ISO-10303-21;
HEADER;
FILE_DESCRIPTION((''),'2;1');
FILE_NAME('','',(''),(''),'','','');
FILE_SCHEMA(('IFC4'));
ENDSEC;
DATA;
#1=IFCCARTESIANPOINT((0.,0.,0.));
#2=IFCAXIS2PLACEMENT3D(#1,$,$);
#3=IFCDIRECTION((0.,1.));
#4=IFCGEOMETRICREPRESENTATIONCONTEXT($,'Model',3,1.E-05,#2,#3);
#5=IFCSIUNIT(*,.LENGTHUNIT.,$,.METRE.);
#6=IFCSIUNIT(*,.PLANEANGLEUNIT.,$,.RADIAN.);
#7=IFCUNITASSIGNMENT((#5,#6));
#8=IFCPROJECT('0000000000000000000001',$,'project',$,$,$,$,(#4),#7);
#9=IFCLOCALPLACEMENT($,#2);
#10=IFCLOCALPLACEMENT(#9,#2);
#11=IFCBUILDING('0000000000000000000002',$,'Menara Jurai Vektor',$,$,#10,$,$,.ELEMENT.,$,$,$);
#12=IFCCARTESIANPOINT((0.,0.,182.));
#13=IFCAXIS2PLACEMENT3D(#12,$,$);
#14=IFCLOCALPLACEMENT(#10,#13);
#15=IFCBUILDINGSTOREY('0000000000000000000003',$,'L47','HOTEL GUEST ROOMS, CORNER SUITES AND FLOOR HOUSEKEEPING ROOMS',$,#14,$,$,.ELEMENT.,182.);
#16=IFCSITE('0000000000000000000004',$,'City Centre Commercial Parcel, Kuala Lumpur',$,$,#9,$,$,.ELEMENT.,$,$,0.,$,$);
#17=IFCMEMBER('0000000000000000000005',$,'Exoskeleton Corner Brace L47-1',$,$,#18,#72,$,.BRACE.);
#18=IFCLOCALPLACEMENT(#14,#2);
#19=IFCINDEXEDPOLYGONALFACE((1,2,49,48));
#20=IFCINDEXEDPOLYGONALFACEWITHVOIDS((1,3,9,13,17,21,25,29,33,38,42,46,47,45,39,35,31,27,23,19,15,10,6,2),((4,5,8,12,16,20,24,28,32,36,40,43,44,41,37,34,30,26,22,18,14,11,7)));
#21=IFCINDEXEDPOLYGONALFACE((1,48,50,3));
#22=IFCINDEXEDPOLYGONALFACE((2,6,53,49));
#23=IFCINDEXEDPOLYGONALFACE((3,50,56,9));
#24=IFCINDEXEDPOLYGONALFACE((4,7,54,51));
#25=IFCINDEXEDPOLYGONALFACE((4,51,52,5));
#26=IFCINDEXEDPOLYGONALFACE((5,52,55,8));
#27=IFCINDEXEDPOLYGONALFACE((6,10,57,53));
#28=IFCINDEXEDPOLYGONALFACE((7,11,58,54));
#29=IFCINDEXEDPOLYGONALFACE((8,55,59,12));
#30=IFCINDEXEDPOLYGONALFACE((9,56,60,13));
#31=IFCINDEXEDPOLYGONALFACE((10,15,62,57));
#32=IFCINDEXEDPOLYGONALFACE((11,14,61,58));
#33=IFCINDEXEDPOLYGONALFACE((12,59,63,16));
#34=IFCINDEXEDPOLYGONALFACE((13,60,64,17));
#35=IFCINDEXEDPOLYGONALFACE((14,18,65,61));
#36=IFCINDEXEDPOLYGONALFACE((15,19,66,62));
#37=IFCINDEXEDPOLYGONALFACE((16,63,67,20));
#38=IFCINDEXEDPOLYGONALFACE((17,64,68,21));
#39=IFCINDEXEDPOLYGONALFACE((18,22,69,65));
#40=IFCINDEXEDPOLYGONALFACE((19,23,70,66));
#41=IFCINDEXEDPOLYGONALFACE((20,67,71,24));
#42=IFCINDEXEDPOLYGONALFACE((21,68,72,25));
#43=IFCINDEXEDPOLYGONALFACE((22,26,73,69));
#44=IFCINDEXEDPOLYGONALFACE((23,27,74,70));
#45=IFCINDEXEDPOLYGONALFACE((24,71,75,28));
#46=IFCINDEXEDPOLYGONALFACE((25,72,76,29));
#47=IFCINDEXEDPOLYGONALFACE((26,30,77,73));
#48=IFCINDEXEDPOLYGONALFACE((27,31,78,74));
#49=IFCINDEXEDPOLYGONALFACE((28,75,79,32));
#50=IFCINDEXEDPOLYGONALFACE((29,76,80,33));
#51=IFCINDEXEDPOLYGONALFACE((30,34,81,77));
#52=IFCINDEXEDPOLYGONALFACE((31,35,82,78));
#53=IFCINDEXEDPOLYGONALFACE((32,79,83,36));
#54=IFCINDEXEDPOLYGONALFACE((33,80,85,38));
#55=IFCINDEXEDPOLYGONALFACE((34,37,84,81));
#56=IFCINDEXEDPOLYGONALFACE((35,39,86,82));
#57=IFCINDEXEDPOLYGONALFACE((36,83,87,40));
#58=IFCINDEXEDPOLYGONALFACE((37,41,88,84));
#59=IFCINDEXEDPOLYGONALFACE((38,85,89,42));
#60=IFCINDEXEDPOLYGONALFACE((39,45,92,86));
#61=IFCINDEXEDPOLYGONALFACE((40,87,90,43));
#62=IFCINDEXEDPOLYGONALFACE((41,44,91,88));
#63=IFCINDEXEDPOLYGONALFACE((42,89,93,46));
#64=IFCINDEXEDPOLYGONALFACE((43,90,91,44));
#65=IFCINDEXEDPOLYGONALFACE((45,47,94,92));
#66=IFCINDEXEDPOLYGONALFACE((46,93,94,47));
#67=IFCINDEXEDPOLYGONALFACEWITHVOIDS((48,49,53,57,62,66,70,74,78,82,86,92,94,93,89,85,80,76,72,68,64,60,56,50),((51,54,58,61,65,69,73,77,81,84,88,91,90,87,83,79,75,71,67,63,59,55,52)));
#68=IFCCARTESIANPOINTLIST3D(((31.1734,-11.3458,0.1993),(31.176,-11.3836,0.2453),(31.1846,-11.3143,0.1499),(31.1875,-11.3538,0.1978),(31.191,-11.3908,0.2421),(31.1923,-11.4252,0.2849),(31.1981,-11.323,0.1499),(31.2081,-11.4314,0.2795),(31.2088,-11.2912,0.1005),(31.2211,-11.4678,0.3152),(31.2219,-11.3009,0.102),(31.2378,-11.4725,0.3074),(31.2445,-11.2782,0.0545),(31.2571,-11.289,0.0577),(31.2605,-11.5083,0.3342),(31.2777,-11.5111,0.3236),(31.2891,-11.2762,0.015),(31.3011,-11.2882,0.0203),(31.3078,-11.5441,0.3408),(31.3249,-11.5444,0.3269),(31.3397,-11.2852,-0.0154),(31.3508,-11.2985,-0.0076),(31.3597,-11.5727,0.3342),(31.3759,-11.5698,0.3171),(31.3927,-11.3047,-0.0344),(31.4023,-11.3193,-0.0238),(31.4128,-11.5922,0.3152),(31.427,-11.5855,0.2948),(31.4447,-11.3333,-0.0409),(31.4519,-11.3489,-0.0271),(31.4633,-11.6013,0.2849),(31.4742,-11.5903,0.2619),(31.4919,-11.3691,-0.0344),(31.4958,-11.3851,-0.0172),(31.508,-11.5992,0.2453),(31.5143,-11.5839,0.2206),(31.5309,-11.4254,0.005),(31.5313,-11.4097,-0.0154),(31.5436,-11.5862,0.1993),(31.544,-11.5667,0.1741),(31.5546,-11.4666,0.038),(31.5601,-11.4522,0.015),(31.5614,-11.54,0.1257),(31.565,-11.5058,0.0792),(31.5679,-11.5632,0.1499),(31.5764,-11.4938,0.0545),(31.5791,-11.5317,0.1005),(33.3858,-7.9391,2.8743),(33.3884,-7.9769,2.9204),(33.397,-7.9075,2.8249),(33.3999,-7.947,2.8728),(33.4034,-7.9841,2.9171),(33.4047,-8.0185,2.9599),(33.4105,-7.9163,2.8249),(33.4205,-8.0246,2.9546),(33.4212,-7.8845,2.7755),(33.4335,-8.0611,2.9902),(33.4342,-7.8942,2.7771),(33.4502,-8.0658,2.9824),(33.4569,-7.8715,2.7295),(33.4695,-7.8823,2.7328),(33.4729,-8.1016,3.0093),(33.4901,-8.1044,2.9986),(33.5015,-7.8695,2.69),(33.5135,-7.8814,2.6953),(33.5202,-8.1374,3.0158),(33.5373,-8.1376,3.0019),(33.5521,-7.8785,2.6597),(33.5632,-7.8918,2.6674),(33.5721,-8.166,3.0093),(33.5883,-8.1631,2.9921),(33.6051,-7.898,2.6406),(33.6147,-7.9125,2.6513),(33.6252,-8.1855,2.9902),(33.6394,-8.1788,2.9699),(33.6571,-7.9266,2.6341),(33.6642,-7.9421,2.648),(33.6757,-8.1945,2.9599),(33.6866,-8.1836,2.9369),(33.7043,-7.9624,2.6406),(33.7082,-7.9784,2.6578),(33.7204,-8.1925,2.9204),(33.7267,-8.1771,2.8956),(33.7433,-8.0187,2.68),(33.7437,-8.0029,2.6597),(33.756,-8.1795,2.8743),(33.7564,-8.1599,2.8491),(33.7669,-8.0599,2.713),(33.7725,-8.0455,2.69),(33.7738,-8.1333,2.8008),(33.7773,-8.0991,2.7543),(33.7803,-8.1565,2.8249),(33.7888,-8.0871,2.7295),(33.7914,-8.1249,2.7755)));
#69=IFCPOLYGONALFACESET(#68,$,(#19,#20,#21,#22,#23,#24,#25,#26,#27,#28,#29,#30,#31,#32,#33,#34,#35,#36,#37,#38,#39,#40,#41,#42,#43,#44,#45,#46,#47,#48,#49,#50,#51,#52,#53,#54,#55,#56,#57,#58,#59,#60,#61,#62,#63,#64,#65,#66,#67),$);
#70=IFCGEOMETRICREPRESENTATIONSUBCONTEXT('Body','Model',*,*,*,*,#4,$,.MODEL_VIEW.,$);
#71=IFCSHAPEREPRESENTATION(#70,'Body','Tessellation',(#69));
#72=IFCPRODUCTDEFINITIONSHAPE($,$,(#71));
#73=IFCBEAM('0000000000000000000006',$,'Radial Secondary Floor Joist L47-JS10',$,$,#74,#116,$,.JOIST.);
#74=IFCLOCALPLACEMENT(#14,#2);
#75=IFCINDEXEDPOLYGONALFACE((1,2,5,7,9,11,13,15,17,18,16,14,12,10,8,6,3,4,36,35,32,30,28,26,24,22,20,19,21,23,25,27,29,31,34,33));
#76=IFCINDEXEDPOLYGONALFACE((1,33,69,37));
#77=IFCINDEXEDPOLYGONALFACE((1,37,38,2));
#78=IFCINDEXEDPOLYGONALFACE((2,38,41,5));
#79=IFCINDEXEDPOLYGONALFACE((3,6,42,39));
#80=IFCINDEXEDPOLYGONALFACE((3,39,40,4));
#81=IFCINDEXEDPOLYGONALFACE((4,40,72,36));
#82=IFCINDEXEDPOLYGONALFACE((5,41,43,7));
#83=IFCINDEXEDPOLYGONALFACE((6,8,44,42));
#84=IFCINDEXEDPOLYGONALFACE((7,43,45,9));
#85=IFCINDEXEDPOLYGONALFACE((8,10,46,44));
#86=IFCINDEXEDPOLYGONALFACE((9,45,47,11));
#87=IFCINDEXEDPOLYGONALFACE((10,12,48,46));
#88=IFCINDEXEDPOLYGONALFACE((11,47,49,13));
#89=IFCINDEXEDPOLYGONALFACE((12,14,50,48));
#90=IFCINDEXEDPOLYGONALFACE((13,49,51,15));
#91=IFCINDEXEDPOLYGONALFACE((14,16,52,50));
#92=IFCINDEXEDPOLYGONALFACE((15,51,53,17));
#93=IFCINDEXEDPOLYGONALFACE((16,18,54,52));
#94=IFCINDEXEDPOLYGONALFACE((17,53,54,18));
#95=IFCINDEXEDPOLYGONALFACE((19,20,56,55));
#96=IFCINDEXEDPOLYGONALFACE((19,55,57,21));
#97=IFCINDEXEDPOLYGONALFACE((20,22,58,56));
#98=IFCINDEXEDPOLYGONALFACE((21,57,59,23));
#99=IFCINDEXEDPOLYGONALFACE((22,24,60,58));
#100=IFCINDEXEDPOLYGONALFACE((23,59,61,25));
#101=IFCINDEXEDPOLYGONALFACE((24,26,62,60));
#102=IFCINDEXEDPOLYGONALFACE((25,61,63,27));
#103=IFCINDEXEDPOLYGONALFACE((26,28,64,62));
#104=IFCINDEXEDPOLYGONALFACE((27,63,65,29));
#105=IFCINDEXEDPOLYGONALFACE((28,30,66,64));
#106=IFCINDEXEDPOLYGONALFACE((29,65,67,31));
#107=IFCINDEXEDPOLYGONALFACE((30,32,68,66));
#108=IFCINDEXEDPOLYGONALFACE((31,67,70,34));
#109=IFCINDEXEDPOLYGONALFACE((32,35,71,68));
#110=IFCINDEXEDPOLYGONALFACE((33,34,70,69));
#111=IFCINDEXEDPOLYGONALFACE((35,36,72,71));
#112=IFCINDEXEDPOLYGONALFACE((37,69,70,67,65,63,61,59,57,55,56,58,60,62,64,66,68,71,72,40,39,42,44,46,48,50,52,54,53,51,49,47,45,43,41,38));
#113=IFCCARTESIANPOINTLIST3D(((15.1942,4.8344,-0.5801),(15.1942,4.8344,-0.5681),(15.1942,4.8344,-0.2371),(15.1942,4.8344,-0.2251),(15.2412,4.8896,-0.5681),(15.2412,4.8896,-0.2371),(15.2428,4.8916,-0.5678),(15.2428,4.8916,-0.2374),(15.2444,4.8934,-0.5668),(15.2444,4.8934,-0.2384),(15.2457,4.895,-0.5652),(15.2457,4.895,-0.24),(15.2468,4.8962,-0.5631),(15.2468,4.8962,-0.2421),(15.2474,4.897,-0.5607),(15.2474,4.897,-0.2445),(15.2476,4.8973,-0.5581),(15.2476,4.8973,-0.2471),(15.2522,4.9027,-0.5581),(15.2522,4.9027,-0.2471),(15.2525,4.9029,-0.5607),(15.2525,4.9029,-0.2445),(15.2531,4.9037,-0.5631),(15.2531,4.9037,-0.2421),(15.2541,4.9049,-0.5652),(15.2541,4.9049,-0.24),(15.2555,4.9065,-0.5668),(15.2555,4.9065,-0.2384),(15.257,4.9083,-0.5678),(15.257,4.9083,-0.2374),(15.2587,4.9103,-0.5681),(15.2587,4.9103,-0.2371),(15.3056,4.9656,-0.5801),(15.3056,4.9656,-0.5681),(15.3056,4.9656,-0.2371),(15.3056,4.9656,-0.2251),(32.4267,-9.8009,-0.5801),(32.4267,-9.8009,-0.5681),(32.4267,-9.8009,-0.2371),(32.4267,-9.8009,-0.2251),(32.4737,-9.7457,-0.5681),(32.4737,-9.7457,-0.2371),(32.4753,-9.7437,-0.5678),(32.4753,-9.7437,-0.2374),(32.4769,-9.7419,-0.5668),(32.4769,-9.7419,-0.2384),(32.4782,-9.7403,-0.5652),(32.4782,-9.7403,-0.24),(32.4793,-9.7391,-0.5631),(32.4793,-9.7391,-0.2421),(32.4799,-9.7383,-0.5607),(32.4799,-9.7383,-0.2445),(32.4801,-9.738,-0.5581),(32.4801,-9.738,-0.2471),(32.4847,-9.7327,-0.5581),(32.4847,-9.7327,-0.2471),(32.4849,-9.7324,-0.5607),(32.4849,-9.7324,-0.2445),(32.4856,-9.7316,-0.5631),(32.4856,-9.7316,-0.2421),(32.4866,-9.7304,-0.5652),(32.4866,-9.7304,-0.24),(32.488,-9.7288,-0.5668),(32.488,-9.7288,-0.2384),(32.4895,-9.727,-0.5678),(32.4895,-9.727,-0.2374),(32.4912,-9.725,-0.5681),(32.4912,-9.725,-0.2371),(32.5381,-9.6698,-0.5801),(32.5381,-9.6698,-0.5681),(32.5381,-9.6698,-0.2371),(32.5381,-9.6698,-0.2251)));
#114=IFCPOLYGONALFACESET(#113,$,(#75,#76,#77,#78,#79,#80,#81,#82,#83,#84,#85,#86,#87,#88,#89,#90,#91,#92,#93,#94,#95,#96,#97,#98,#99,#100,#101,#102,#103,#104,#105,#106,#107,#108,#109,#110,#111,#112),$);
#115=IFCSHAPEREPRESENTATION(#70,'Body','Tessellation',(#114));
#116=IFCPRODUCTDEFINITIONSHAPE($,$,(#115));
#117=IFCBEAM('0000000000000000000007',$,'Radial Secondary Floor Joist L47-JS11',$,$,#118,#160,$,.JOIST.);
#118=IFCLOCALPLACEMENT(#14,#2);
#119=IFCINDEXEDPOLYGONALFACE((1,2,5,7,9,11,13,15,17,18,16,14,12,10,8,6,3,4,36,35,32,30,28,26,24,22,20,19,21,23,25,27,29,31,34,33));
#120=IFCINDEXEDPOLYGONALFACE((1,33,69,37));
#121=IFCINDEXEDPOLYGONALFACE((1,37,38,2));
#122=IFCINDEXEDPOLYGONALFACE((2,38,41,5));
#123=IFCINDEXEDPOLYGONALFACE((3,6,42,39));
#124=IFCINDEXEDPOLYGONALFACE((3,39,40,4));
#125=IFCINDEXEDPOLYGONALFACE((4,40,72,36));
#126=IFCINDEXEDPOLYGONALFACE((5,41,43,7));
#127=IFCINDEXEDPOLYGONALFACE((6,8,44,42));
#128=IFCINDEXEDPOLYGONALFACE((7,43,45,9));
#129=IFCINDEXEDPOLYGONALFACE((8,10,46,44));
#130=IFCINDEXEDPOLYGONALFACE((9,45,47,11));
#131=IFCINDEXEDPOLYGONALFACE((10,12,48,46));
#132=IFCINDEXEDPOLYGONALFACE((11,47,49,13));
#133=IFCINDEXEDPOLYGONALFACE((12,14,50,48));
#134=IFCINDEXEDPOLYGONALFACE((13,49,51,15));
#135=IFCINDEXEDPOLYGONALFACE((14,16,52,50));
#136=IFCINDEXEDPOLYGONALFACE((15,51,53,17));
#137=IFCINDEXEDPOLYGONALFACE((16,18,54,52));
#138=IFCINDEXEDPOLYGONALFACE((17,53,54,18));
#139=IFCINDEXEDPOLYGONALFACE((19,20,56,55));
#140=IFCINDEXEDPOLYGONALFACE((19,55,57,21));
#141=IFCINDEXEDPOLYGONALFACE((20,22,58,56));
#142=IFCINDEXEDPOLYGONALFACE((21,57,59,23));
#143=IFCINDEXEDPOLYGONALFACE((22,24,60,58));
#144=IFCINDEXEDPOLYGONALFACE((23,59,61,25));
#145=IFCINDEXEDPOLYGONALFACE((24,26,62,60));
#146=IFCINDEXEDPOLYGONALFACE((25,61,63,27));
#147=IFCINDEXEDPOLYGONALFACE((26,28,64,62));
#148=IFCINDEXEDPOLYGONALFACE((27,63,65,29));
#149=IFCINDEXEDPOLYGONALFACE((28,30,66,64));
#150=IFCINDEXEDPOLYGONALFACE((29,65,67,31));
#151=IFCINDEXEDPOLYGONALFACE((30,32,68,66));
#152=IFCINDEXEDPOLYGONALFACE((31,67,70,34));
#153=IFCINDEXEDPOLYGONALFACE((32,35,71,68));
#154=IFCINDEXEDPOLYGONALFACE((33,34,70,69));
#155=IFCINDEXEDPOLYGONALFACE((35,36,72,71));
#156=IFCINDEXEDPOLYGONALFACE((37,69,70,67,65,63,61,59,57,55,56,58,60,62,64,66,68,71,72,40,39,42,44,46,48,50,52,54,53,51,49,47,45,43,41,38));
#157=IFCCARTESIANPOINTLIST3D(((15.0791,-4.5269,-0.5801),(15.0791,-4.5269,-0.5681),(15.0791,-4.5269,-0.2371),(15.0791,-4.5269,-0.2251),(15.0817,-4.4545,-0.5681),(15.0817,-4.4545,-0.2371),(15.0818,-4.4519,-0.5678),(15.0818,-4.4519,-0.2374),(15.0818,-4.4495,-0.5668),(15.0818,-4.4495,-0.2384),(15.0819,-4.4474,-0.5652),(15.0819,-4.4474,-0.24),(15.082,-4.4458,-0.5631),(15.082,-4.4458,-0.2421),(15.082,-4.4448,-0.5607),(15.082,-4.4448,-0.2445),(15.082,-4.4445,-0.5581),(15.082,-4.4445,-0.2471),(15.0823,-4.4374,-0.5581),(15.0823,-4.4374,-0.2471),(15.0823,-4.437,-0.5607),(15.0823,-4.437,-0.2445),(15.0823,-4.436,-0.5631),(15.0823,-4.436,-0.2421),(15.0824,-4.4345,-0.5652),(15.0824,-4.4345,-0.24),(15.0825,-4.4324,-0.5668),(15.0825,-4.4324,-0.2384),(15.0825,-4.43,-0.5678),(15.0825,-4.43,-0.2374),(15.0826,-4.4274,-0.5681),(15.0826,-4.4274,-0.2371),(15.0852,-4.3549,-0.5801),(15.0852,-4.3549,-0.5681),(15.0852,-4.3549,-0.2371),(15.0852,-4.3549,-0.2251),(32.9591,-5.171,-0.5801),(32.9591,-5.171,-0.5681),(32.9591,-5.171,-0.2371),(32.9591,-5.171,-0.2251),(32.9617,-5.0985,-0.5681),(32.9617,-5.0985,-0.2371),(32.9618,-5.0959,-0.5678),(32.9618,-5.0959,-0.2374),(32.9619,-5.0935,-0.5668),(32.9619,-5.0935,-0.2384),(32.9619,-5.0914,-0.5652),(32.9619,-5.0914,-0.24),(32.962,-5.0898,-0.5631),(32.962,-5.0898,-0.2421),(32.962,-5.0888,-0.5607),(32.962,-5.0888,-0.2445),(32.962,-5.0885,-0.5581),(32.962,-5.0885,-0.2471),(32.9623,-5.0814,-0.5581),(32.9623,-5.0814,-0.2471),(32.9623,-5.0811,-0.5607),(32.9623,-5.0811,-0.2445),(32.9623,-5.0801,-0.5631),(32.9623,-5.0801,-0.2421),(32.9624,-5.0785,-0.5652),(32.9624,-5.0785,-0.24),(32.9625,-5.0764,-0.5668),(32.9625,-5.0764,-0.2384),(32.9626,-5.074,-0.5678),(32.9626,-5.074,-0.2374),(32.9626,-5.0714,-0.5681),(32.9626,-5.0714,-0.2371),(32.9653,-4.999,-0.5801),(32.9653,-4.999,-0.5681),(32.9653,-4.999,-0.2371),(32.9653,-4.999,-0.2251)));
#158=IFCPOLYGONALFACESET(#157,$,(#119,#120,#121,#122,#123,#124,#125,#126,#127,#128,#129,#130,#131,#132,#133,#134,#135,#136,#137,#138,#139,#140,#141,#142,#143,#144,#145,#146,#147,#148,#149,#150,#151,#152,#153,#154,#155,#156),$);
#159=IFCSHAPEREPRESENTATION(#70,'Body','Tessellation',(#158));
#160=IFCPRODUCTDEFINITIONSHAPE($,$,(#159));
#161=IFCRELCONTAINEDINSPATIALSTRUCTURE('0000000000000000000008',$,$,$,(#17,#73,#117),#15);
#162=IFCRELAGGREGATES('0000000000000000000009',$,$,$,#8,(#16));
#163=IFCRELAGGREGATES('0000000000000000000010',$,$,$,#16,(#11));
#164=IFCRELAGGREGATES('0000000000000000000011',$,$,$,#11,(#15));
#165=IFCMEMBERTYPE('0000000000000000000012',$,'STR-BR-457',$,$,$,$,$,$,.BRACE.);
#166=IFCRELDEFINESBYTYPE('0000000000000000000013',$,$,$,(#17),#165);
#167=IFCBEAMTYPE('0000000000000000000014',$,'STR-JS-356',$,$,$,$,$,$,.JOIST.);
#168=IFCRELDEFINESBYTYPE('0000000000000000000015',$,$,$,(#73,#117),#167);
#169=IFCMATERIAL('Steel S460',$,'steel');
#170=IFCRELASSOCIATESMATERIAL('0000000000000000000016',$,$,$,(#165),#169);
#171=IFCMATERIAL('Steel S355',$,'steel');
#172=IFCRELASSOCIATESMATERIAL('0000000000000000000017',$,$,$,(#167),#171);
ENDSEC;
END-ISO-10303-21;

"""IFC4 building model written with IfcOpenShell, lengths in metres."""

from ifc_helpers import new_model, si_unit, direction, frame, origin, origin_2d, place, context, subcontext, project, spatial, hollow_circle, i_section, extrude, material, material_profile, profile_set, type_object, element, save


model = new_model("IFC4")

# Units and contexts
model_context = context("Model", 3, precision=1e-05, world=origin(), true_north=direction((0.0, 1.0)))
body_context = subcontext(model_context, "Body", "Model", "MODEL_VIEW")
ifc_project = project(units=[si_unit("LENGTHUNIT", "METRE"), si_unit("PLANEANGLEUNIT", "RADIAN")], contexts=[model_context])

# Site, building, storey
site_placement = place(None, origin())
site = spatial("IfcSite", under=ifc_project, at=site_placement, Name="City Centre Commercial Parcel, Kuala Lumpur", CompositionType="ELEMENT", RefElevation=0.0)
building_placement = place(site_placement, origin())
building = spatial("IfcBuilding", under=site, at=building_placement, Name="Menara Jurai Vektor", CompositionType="ELEMENT")
storey_placement = place(building_placement, frame((0.0, 0.0, 182.0)))
storey = spatial("IfcBuildingStorey", under=building, at=storey_placement, Name="L47", Description="HOTEL GUEST ROOMS, CORNER SUITES AND FLOOR HOUSEKEEPING ROOMS", CompositionType="ELEMENT", Elevation=182.0)

# Shared definitions
ifc_material_1 = material(Name="Steel S460", Category="steel")

# Shared definitions
ifc_material_2 = material(Name="Steel S355", Category="steel")

# Member
ifc_material_profile_1 = material_profile(ifc_material_1, hollow_circle(Radius=0.2285, WallThickness=0.0161, at=origin_2d()), Name="CHS 457x16")
ifc_profile_set_1 = profile_set([ifc_material_profile_1], Name="Steel S460")
member_type_1 = type_object("IfcMemberType", Name="STR-BR-457", PredefinedType="BRACE", material=ifc_profile_set_1)
member_1_placement = place(storey_placement, frame((31.3762, -11.4387, 0.1499), z_axis=(0.454872, 0.700428, 0.549992), x_axis=(-0.838666, 0.544646, 0.0)))
element("IfcMember", 1, at=member_1_placement, inside=storey, type_object=member_type_1, Name="Exoskeleton Corner Brace L47-1", PredefinedType="BRACE", context=body_context, shape_type="SweptSolid", body=[
    extrude(hollow_circle(Radius=0.2285, WallThickness=0.0161, at=origin_2d()), origin(), (0.0, 0.0, 1.0), 4.8638),
])

# Beams
ifc_material_profile_2 = material_profile(ifc_material_2, i_section(OverallWidth=0.1721, OverallDepth=0.355, WebThickness=0.0071, FlangeThickness=0.012, FilletRadius=0.01, at=origin_2d()), Name="UKB 356x171x51")
ifc_profile_set_2 = profile_set([ifc_material_profile_2], Name="Steel S355")
beam_type_1 = type_object("IfcBeamType", Name="STR-JS-356", PredefinedType="JOIST", material=ifc_profile_set_2)
beam_1_placement = place(storey_placement, frame((32.4824, -9.7354, -0.4026), z_axis=(-0.762208, 0.647332, 0.0), x_axis=(-0.647332, -0.762208, 0.0)))
element("IfcBeam", 2, at=beam_1_placement, inside=storey, type_object=beam_type_1, Name="Radial Secondary Floor Joist L47-JS10", PredefinedType="JOIST", context=body_context, shape_type="SweptSolid", body=[
    extrude(i_section(OverallWidth=0.1721, OverallDepth=0.355, WebThickness=0.0071, FlangeThickness=0.012, FilletRadius=0.01, at=origin_2d()), origin(), (0.0, 0.0, 1.0), 22.6086),
])
beam_2_placement = place(storey_placement, frame((32.9622, -5.085, -0.4026), z_axis=(-0.999352, 0.035997, 0.0), x_axis=(-0.035997, -0.999352, 0.0)))
element("IfcBeam", 3, at=beam_2_placement, inside=storey, type_object=beam_type_1, Name="Radial Secondary Floor Joist L47-JS11", PredefinedType="JOIST", context=body_context, shape_type="SweptSolid", body=[
    extrude(i_section(OverallWidth=0.1721, OverallDepth=0.355, WebThickness=0.0071, FlangeThickness=0.012, FilletRadius=0.01, at=origin_2d()), origin(), (0.0, 0.0, 1.0), 17.8916),
])

save(model, "model.ifc")
